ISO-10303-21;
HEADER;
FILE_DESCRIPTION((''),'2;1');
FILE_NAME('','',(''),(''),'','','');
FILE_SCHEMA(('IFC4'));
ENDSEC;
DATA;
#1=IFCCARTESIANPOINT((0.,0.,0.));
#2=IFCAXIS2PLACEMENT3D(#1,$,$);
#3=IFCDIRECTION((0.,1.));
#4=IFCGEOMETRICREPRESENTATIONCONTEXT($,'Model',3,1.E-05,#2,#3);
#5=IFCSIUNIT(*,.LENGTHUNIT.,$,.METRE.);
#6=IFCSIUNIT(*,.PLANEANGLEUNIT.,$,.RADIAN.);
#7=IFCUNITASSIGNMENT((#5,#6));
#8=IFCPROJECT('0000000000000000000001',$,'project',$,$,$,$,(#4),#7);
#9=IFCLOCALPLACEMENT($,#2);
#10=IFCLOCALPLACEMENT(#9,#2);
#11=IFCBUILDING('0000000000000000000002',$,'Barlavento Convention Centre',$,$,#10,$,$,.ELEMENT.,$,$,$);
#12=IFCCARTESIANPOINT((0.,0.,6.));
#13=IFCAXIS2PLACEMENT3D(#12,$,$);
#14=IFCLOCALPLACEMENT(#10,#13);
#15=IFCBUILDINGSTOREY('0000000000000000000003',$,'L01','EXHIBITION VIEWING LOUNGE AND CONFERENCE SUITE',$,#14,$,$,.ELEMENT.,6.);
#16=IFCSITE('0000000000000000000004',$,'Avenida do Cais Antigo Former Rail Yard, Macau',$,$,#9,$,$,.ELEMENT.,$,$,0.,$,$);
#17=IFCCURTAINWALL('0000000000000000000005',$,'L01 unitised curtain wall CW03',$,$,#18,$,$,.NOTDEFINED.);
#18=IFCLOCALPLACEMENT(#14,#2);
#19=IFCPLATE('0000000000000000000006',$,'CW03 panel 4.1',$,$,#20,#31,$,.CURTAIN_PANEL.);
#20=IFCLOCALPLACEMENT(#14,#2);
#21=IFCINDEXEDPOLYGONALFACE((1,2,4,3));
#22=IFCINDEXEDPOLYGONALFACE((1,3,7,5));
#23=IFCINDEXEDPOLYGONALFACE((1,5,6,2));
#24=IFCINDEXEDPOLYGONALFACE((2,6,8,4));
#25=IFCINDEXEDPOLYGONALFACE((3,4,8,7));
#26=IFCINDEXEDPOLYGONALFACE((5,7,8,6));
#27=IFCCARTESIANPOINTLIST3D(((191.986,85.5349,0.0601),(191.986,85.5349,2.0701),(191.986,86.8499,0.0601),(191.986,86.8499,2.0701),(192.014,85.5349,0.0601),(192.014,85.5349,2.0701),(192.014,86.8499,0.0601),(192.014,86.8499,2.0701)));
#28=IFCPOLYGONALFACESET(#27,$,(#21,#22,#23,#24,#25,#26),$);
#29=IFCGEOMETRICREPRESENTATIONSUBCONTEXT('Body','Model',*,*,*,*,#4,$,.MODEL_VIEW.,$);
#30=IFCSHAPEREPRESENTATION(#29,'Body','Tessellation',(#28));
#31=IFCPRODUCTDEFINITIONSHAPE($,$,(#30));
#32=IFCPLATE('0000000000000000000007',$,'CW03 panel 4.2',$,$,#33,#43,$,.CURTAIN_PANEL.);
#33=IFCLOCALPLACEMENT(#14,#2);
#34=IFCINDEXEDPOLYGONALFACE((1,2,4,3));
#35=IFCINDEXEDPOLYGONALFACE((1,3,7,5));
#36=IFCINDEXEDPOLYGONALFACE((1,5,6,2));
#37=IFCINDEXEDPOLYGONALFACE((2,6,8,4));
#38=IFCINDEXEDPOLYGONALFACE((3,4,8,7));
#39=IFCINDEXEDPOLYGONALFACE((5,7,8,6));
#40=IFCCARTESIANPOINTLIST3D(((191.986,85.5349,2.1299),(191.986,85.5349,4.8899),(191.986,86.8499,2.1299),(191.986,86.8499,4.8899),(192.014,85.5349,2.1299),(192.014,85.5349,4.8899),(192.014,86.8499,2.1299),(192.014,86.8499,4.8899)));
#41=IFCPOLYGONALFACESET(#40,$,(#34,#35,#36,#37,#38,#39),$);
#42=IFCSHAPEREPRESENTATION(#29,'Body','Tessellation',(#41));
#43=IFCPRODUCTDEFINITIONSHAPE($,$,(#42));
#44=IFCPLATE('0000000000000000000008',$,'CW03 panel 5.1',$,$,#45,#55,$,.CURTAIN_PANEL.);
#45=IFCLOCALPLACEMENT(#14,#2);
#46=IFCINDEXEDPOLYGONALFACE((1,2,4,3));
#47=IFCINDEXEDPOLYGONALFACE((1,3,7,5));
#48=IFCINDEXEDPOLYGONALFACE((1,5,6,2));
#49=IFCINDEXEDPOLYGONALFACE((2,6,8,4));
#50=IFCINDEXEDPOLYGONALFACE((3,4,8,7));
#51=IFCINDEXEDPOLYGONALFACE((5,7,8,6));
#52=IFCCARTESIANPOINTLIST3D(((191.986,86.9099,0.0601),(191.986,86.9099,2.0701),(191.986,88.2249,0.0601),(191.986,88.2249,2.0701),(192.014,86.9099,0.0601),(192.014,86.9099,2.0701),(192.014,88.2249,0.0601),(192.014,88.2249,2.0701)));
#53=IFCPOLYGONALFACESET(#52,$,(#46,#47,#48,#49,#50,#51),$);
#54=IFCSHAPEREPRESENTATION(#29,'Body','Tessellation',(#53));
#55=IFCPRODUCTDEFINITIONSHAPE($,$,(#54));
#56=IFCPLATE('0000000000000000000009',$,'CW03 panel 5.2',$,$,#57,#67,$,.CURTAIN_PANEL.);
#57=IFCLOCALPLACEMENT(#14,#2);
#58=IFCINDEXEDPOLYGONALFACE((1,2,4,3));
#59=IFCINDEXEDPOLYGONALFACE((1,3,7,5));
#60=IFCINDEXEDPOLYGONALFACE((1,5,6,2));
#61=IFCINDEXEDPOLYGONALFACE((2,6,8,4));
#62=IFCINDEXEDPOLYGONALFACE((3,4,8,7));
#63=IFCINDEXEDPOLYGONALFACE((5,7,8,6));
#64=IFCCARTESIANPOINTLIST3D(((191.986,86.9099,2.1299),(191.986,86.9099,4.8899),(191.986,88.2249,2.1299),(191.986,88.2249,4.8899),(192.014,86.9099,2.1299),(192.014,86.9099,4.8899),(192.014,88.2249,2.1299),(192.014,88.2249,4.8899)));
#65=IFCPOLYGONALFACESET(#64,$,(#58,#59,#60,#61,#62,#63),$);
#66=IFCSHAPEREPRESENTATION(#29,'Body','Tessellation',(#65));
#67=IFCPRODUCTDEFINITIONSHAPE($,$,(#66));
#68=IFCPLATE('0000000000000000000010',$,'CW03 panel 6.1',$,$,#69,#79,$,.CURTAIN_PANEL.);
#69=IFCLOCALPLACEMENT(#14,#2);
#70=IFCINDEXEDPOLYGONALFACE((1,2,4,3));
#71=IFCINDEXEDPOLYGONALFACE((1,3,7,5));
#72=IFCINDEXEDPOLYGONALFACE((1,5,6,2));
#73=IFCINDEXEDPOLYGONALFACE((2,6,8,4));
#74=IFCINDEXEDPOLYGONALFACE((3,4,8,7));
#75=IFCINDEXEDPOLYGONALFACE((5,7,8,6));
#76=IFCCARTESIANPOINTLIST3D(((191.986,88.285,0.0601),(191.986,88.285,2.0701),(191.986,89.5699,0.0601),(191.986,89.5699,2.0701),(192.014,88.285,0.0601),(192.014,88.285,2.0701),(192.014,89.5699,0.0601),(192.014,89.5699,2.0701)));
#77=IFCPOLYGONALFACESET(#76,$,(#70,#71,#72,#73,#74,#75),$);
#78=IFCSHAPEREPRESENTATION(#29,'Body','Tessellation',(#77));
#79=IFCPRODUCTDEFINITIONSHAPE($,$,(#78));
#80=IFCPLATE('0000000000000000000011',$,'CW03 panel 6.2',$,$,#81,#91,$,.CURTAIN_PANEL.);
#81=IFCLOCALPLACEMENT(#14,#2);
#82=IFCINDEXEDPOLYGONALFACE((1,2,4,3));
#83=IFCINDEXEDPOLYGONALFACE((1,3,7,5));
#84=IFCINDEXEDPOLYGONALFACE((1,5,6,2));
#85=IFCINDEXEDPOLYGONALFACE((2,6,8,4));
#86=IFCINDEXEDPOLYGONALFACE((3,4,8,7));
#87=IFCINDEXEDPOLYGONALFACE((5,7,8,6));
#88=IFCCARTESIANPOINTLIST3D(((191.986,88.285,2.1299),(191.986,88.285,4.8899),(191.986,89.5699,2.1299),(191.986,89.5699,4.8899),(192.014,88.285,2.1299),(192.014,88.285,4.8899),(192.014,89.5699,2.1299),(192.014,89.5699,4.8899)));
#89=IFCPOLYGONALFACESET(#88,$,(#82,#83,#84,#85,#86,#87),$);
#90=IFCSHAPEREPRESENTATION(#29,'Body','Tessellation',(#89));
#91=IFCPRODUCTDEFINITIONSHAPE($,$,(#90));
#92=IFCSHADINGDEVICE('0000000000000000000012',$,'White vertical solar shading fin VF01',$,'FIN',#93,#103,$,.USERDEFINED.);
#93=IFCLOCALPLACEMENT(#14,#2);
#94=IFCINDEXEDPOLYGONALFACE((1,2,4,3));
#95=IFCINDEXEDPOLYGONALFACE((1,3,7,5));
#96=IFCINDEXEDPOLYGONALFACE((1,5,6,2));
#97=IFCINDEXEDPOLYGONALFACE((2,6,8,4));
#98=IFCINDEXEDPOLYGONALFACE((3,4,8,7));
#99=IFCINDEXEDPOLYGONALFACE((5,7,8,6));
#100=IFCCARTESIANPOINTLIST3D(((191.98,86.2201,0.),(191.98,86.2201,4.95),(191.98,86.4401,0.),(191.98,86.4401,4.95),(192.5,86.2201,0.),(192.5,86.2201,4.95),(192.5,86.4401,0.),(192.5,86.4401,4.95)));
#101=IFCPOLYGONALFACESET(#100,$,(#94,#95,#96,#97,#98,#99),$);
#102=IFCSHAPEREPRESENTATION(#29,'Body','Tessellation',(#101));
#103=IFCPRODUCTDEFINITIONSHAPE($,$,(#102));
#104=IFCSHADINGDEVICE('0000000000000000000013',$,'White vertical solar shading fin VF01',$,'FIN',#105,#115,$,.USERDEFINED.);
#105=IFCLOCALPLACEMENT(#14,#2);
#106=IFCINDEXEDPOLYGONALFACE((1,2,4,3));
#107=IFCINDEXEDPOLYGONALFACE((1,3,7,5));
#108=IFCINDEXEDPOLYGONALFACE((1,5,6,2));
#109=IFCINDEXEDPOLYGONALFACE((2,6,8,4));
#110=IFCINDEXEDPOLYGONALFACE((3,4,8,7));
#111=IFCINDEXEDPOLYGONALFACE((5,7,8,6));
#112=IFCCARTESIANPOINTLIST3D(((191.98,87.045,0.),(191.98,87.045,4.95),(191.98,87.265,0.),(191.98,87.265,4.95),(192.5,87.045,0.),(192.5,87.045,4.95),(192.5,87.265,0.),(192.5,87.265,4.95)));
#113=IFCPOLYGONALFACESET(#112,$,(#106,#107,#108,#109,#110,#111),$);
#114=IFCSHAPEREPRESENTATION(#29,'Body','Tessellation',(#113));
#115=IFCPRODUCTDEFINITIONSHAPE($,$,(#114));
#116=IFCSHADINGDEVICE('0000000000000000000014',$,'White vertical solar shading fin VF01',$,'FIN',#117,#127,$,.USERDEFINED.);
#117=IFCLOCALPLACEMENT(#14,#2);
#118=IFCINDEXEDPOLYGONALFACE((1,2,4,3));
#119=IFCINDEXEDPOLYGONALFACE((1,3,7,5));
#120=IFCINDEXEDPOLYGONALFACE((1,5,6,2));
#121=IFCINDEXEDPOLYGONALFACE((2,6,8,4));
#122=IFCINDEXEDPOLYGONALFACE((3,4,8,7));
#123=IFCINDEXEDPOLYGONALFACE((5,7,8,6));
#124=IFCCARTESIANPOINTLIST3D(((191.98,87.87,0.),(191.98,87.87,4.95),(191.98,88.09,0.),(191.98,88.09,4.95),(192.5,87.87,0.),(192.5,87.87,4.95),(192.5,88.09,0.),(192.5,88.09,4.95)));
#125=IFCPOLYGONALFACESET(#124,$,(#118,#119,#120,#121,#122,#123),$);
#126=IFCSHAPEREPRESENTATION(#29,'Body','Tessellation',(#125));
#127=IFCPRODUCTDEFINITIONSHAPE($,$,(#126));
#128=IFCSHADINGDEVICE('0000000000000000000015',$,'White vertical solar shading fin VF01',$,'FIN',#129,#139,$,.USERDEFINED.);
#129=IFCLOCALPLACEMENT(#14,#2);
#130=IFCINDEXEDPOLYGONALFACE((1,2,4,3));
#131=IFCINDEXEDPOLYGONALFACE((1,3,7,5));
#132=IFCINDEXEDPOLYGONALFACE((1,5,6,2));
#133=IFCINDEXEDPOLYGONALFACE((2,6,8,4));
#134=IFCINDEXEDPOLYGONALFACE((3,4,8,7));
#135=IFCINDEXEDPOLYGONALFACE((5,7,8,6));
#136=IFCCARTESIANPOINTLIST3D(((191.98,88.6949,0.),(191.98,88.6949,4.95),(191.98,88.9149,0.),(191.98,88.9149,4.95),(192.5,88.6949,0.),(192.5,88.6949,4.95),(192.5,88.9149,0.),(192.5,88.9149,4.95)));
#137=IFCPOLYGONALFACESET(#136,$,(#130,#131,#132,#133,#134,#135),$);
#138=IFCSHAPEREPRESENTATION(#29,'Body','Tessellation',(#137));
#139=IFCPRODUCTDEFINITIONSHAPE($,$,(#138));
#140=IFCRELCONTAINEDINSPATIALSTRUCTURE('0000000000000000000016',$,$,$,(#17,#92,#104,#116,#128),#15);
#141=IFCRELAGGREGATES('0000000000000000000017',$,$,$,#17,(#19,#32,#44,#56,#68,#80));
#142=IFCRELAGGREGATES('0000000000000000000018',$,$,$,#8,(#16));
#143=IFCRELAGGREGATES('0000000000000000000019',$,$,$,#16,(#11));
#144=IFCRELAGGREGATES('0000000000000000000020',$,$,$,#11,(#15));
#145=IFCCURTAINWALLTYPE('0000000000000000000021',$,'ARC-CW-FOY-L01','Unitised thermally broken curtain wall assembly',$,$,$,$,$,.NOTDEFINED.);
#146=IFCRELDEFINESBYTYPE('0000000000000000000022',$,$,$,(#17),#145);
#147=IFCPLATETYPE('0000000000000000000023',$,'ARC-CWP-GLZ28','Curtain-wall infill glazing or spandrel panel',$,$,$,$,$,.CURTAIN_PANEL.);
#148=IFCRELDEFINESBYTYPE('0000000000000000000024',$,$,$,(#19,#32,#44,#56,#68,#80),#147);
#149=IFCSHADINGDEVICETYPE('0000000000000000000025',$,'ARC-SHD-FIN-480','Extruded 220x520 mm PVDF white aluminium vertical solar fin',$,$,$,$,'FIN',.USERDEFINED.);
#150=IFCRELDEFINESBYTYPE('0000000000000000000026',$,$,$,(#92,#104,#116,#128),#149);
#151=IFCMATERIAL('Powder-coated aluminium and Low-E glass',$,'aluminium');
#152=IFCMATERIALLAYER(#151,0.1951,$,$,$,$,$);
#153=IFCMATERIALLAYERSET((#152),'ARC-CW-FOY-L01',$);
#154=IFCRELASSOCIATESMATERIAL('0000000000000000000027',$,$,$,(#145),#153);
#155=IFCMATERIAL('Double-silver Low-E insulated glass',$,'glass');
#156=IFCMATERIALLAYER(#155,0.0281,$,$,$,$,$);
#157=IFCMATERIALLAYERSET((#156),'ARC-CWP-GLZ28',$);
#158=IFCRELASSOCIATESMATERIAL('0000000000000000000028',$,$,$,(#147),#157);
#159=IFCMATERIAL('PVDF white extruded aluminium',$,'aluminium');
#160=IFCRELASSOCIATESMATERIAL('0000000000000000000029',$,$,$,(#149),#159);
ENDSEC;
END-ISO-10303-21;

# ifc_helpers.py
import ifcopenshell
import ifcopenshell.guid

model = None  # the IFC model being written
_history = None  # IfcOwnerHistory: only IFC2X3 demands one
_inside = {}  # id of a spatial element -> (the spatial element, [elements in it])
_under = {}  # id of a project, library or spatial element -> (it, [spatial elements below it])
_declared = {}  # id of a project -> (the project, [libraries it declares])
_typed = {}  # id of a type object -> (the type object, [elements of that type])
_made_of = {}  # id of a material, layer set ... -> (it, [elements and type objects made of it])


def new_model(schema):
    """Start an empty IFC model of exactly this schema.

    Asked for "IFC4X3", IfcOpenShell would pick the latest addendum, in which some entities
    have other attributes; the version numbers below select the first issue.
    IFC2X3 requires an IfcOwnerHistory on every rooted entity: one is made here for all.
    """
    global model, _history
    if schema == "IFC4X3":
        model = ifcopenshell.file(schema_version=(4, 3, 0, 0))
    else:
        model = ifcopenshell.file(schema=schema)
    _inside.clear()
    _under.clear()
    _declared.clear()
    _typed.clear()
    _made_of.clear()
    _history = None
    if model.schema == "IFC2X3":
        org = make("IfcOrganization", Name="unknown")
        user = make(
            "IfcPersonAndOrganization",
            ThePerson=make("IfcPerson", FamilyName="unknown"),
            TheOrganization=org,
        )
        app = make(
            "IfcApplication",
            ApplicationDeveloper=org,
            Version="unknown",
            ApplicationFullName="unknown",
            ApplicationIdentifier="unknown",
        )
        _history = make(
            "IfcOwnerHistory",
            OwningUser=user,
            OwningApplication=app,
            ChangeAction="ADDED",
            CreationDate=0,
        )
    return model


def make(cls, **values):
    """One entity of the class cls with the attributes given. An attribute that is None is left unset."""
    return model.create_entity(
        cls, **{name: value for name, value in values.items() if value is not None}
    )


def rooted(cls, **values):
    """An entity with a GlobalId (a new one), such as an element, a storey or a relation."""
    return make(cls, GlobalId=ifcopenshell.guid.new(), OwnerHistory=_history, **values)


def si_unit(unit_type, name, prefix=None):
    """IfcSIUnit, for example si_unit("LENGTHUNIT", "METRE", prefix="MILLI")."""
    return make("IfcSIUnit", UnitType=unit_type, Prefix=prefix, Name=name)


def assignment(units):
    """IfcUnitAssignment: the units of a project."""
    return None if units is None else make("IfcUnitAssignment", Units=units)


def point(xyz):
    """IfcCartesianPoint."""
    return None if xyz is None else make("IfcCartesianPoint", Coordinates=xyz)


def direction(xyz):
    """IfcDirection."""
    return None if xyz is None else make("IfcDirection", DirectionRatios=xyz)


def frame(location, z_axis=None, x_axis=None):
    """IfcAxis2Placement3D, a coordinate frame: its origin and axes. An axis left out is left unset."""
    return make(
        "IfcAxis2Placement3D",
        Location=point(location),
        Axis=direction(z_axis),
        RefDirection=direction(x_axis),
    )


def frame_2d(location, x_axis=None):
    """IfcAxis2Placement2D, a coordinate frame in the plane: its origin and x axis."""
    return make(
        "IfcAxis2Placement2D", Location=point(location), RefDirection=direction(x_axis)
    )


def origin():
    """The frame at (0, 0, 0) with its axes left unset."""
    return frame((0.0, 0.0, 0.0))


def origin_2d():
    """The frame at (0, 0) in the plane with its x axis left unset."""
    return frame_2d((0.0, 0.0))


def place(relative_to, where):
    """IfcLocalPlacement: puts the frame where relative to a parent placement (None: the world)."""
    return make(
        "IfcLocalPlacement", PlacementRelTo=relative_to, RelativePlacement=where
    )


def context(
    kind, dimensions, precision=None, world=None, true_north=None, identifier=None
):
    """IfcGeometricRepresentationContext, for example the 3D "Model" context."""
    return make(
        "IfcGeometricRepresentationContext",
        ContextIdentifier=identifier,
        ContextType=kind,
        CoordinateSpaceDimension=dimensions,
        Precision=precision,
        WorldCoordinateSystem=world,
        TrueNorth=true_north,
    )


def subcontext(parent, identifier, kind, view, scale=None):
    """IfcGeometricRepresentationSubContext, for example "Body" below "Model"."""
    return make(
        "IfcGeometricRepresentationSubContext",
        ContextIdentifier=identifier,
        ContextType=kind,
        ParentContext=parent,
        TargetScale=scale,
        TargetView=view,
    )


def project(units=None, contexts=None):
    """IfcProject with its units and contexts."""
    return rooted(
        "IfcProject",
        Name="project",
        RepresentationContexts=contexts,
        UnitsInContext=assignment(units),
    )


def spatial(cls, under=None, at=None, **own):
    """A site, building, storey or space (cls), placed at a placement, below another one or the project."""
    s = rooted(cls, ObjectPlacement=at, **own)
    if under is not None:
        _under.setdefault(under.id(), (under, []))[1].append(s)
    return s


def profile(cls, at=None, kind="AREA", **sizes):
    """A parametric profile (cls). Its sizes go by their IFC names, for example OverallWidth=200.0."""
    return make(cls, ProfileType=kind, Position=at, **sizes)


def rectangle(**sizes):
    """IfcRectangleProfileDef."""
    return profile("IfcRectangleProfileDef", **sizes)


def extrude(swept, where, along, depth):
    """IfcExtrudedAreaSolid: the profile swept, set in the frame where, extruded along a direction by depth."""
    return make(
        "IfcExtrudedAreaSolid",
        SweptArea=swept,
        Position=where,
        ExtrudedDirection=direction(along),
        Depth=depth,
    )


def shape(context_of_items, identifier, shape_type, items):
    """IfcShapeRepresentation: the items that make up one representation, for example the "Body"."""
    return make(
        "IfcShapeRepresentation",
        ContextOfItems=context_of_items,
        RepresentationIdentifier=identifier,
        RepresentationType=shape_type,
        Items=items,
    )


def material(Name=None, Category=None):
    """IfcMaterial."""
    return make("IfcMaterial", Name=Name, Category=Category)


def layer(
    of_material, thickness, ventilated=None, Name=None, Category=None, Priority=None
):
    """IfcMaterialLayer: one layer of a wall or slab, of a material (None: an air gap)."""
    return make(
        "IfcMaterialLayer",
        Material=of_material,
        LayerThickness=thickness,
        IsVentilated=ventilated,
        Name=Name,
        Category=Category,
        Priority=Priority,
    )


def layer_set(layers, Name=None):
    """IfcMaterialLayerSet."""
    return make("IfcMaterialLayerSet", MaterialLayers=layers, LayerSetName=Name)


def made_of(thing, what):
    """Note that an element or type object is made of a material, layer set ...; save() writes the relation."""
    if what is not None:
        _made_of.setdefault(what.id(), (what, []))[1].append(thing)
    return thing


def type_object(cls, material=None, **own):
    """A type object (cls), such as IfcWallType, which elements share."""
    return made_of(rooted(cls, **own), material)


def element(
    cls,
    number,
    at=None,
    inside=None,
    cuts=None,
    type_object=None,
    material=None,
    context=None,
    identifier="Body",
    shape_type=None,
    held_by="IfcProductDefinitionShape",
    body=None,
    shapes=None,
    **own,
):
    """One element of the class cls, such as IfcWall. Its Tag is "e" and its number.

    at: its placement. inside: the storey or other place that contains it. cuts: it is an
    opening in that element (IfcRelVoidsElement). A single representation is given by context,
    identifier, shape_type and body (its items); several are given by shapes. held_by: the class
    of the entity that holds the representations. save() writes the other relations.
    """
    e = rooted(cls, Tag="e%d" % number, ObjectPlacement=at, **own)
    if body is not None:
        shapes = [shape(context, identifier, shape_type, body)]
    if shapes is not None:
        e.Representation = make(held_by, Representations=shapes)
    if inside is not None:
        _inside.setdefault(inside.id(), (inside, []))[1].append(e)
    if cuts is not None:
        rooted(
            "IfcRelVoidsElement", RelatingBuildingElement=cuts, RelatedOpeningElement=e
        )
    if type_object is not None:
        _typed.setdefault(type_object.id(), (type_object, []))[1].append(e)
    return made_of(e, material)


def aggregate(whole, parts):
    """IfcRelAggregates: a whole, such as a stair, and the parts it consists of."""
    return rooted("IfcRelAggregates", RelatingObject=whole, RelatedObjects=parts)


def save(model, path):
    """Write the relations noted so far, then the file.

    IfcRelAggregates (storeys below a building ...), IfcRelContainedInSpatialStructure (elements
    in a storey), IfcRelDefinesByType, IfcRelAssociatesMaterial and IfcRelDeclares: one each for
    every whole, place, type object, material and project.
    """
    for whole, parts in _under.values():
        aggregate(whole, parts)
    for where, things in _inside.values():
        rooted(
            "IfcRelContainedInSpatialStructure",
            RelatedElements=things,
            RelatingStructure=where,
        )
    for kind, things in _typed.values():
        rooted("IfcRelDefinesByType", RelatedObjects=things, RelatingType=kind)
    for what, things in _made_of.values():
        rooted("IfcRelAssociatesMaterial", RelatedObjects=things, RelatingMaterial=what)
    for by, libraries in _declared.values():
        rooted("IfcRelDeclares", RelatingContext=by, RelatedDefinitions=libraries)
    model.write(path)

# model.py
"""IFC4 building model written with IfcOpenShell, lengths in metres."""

from ifc_helpers import new_model, si_unit, direction, frame, origin, origin_2d, place, context, subcontext, project, spatial, rectangle, extrude, material, layer, layer_set, type_object, element, aggregate, save


model = new_model("IFC4")

# Units and contexts
model_context = context("Model", 3, precision=1e-05, world=origin(), true_north=direction((0.0, 1.0)))
body_context = subcontext(model_context, "Body", "Model", "MODEL_VIEW")
ifc_project = project(units=[si_unit("LENGTHUNIT", "METRE"), si_unit("PLANEANGLEUNIT", "RADIAN")], contexts=[model_context])

# Site, building, storey
site_placement = place(None, origin())
site = spatial("IfcSite", under=ifc_project, at=site_placement, Name="Avenida do Cais Antigo Former Rail Yard, Macau", CompositionType="ELEMENT", RefElevation=0.0)
building_placement = place(site_placement, origin())
building = spatial("IfcBuilding", under=site, at=building_placement, Name="Barlavento Convention Centre", CompositionType="ELEMENT")
storey_placement = place(building_placement, frame((0.0, 0.0, 6.0)))
storey = spatial("IfcBuildingStorey", under=building, at=storey_placement, Name="L01", Description="EXHIBITION VIEWING LOUNGE AND CONFERENCE SUITE", CompositionType="ELEMENT", Elevation=6.0)

# Curtain wall, plates
ifc_material_1 = material(Name="Powder-coated aluminium and Low-E glass", Category="aluminium")
ifc_layer_1 = layer(ifc_material_1, 0.1951)
ifc_layer_set_1 = layer_set([ifc_layer_1], Name="ARC-CW-FOY-L01")
curtain_wall_type = type_object("IfcCurtainWallType", Name="ARC-CW-FOY-L01", Description="Unitised thermally broken curtain wall assembly", PredefinedType="NOTDEFINED", material=ifc_layer_set_1)
curtain_wall_placement = place(storey_placement, origin())
curtain_wall = element("IfcCurtainWall", 1, at=curtain_wall_placement, inside=storey, type_object=curtain_wall_type, Name="L01 unitised curtain wall CW03", PredefinedType="NOTDEFINED")
ifc_material_2 = material(Name="Double-silver Low-E insulated glass", Category="glass")
ifc_layer_2 = layer(ifc_material_2, 0.0281)
ifc_layer_set_2 = layer_set([ifc_layer_2], Name="ARC-CWP-GLZ28")
plate_type = type_object("IfcPlateType", Name="ARC-CWP-GLZ28", Description="Curtain-wall infill glazing or spandrel panel", PredefinedType="CURTAIN_PANEL", material=ifc_layer_set_2)
plate_1_placement = place(storey_placement, frame((192.0, 86.1924, 0.0601), z_axis=(0.0, 0.0, 1.0), x_axis=(0.0, 1.0, 0.0)))
plate_1 = element("IfcPlate", 2, at=plate_1_placement, type_object=plate_type, Name="CW03 panel 4.1", PredefinedType="CURTAIN_PANEL", context=body_context, shape_type="SweptSolid", body=[
    extrude(rectangle(XDim=1.3149, YDim=0.0281, at=origin_2d()), origin(), (0.0, 0.0, 1.0), 2.01),
])
plate_2_placement = place(storey_placement, frame((192.0, 86.1924, 2.1299), z_axis=(0.0, 0.0, 1.0), x_axis=(0.0, 1.0, 0.0)))
plate_2 = element("IfcPlate", 3, at=plate_2_placement, type_object=plate_type, Name="CW03 panel 4.2", PredefinedType="CURTAIN_PANEL", context=body_context, shape_type="SweptSolid", body=[
    extrude(rectangle(XDim=1.3149, YDim=0.0281, at=origin_2d()), origin(), (0.0, 0.0, 1.0), 2.76),
])
plate_3_placement = place(storey_placement, frame((192.0, 87.5674, 0.0601), z_axis=(0.0, 0.0, 1.0), x_axis=(0.0, 1.0, 0.0)))
plate_3 = element("IfcPlate", 4, at=plate_3_placement, type_object=plate_type, Name="CW03 panel 5.1", PredefinedType="CURTAIN_PANEL", context=body_context, shape_type="SweptSolid", body=[
    extrude(rectangle(XDim=1.3149, YDim=0.0281, at=origin_2d()), origin(), (0.0, 0.0, 1.0), 2.01),
])
plate_4_placement = place(storey_placement, frame((192.0, 87.5674, 2.1299), z_axis=(0.0, 0.0, 1.0), x_axis=(0.0, 1.0, 0.0)))
plate_4 = element("IfcPlate", 5, at=plate_4_placement, type_object=plate_type, Name="CW03 panel 5.2", PredefinedType="CURTAIN_PANEL", context=body_context, shape_type="SweptSolid", body=[
    extrude(rectangle(XDim=1.3149, YDim=0.0281, at=origin_2d()), origin(), (0.0, 0.0, 1.0), 2.76),
])
plate_5_placement = place(storey_placement, frame((192.0, 88.9275, 0.0601), z_axis=(0.0, 0.0, 1.0), x_axis=(0.0, 1.0, 0.0)))
plate_5 = element("IfcPlate", 6, at=plate_5_placement, type_object=plate_type, Name="CW03 panel 6.1", PredefinedType="CURTAIN_PANEL", context=body_context, shape_type="SweptSolid", body=[
    extrude(rectangle(XDim=1.2849, YDim=0.0281, at=origin_2d()), origin(), (0.0, 0.0, 1.0), 2.01),
])
plate_6_placement = place(storey_placement, frame((192.0, 88.9275, 2.1299), z_axis=(0.0, 0.0, 1.0), x_axis=(0.0, 1.0, 0.0)))
plate_6 = element("IfcPlate", 7, at=plate_6_placement, type_object=plate_type, Name="CW03 panel 6.2", PredefinedType="CURTAIN_PANEL", context=body_context, shape_type="SweptSolid", body=[
    extrude(rectangle(XDim=1.2849, YDim=0.0281, at=origin_2d()), origin(), (0.0, 0.0, 1.0), 2.76),
])
aggregate(curtain_wall, [plate_1, plate_2, plate_3, plate_4, plate_5, plate_6])

# Shading devices
ifc_material_3 = material(Name="PVDF white extruded aluminium", Category="aluminium")
shading_device_type = type_object("IfcShadingDeviceType", Name="ARC-SHD-FIN-480", Description="Extruded 220x520 mm PVDF white aluminium vertical solar fin", ElementType="FIN", PredefinedType="USERDEFINED", material=ifc_material_3)
for number, where, z_axis, x_axis, name in (
    (8, (192.24, 86.3301, 0.0), (0.0, 0.0, 1.0), (0.0, 1.0, 0.0), "White vertical solar shading fin VF01"),
    (9, (192.24, 87.155, 0.0), (0.0, 0.0, 1.0), (0.0, 1.0, 0.0), "White vertical solar shading fin VF01"),
    (10, (192.24, 87.98, 0.0), (0.0, 0.0, 1.0), (0.0, 1.0, 0.0), "White vertical solar shading fin VF01"),
    (11, (192.24, 88.8049, 0.0), (0.0, 0.0, 1.0), (0.0, 1.0, 0.0), "White vertical solar shading fin VF01"),
):
    element("IfcShadingDevice", number, at=place(storey_placement, frame(where, z_axis=z_axis, x_axis=x_axis)), inside=storey, type_object=shading_device_type, Name=name, ObjectType="FIN", PredefinedType="USERDEFINED", context=body_context, shape_type="SweptSolid", body=[
        extrude(rectangle(XDim=0.22, YDim=0.52, at=origin_2d()), origin(), (0.0, 0.0, 1.0), 4.95),
    ])

save(model, "model.ifc")
